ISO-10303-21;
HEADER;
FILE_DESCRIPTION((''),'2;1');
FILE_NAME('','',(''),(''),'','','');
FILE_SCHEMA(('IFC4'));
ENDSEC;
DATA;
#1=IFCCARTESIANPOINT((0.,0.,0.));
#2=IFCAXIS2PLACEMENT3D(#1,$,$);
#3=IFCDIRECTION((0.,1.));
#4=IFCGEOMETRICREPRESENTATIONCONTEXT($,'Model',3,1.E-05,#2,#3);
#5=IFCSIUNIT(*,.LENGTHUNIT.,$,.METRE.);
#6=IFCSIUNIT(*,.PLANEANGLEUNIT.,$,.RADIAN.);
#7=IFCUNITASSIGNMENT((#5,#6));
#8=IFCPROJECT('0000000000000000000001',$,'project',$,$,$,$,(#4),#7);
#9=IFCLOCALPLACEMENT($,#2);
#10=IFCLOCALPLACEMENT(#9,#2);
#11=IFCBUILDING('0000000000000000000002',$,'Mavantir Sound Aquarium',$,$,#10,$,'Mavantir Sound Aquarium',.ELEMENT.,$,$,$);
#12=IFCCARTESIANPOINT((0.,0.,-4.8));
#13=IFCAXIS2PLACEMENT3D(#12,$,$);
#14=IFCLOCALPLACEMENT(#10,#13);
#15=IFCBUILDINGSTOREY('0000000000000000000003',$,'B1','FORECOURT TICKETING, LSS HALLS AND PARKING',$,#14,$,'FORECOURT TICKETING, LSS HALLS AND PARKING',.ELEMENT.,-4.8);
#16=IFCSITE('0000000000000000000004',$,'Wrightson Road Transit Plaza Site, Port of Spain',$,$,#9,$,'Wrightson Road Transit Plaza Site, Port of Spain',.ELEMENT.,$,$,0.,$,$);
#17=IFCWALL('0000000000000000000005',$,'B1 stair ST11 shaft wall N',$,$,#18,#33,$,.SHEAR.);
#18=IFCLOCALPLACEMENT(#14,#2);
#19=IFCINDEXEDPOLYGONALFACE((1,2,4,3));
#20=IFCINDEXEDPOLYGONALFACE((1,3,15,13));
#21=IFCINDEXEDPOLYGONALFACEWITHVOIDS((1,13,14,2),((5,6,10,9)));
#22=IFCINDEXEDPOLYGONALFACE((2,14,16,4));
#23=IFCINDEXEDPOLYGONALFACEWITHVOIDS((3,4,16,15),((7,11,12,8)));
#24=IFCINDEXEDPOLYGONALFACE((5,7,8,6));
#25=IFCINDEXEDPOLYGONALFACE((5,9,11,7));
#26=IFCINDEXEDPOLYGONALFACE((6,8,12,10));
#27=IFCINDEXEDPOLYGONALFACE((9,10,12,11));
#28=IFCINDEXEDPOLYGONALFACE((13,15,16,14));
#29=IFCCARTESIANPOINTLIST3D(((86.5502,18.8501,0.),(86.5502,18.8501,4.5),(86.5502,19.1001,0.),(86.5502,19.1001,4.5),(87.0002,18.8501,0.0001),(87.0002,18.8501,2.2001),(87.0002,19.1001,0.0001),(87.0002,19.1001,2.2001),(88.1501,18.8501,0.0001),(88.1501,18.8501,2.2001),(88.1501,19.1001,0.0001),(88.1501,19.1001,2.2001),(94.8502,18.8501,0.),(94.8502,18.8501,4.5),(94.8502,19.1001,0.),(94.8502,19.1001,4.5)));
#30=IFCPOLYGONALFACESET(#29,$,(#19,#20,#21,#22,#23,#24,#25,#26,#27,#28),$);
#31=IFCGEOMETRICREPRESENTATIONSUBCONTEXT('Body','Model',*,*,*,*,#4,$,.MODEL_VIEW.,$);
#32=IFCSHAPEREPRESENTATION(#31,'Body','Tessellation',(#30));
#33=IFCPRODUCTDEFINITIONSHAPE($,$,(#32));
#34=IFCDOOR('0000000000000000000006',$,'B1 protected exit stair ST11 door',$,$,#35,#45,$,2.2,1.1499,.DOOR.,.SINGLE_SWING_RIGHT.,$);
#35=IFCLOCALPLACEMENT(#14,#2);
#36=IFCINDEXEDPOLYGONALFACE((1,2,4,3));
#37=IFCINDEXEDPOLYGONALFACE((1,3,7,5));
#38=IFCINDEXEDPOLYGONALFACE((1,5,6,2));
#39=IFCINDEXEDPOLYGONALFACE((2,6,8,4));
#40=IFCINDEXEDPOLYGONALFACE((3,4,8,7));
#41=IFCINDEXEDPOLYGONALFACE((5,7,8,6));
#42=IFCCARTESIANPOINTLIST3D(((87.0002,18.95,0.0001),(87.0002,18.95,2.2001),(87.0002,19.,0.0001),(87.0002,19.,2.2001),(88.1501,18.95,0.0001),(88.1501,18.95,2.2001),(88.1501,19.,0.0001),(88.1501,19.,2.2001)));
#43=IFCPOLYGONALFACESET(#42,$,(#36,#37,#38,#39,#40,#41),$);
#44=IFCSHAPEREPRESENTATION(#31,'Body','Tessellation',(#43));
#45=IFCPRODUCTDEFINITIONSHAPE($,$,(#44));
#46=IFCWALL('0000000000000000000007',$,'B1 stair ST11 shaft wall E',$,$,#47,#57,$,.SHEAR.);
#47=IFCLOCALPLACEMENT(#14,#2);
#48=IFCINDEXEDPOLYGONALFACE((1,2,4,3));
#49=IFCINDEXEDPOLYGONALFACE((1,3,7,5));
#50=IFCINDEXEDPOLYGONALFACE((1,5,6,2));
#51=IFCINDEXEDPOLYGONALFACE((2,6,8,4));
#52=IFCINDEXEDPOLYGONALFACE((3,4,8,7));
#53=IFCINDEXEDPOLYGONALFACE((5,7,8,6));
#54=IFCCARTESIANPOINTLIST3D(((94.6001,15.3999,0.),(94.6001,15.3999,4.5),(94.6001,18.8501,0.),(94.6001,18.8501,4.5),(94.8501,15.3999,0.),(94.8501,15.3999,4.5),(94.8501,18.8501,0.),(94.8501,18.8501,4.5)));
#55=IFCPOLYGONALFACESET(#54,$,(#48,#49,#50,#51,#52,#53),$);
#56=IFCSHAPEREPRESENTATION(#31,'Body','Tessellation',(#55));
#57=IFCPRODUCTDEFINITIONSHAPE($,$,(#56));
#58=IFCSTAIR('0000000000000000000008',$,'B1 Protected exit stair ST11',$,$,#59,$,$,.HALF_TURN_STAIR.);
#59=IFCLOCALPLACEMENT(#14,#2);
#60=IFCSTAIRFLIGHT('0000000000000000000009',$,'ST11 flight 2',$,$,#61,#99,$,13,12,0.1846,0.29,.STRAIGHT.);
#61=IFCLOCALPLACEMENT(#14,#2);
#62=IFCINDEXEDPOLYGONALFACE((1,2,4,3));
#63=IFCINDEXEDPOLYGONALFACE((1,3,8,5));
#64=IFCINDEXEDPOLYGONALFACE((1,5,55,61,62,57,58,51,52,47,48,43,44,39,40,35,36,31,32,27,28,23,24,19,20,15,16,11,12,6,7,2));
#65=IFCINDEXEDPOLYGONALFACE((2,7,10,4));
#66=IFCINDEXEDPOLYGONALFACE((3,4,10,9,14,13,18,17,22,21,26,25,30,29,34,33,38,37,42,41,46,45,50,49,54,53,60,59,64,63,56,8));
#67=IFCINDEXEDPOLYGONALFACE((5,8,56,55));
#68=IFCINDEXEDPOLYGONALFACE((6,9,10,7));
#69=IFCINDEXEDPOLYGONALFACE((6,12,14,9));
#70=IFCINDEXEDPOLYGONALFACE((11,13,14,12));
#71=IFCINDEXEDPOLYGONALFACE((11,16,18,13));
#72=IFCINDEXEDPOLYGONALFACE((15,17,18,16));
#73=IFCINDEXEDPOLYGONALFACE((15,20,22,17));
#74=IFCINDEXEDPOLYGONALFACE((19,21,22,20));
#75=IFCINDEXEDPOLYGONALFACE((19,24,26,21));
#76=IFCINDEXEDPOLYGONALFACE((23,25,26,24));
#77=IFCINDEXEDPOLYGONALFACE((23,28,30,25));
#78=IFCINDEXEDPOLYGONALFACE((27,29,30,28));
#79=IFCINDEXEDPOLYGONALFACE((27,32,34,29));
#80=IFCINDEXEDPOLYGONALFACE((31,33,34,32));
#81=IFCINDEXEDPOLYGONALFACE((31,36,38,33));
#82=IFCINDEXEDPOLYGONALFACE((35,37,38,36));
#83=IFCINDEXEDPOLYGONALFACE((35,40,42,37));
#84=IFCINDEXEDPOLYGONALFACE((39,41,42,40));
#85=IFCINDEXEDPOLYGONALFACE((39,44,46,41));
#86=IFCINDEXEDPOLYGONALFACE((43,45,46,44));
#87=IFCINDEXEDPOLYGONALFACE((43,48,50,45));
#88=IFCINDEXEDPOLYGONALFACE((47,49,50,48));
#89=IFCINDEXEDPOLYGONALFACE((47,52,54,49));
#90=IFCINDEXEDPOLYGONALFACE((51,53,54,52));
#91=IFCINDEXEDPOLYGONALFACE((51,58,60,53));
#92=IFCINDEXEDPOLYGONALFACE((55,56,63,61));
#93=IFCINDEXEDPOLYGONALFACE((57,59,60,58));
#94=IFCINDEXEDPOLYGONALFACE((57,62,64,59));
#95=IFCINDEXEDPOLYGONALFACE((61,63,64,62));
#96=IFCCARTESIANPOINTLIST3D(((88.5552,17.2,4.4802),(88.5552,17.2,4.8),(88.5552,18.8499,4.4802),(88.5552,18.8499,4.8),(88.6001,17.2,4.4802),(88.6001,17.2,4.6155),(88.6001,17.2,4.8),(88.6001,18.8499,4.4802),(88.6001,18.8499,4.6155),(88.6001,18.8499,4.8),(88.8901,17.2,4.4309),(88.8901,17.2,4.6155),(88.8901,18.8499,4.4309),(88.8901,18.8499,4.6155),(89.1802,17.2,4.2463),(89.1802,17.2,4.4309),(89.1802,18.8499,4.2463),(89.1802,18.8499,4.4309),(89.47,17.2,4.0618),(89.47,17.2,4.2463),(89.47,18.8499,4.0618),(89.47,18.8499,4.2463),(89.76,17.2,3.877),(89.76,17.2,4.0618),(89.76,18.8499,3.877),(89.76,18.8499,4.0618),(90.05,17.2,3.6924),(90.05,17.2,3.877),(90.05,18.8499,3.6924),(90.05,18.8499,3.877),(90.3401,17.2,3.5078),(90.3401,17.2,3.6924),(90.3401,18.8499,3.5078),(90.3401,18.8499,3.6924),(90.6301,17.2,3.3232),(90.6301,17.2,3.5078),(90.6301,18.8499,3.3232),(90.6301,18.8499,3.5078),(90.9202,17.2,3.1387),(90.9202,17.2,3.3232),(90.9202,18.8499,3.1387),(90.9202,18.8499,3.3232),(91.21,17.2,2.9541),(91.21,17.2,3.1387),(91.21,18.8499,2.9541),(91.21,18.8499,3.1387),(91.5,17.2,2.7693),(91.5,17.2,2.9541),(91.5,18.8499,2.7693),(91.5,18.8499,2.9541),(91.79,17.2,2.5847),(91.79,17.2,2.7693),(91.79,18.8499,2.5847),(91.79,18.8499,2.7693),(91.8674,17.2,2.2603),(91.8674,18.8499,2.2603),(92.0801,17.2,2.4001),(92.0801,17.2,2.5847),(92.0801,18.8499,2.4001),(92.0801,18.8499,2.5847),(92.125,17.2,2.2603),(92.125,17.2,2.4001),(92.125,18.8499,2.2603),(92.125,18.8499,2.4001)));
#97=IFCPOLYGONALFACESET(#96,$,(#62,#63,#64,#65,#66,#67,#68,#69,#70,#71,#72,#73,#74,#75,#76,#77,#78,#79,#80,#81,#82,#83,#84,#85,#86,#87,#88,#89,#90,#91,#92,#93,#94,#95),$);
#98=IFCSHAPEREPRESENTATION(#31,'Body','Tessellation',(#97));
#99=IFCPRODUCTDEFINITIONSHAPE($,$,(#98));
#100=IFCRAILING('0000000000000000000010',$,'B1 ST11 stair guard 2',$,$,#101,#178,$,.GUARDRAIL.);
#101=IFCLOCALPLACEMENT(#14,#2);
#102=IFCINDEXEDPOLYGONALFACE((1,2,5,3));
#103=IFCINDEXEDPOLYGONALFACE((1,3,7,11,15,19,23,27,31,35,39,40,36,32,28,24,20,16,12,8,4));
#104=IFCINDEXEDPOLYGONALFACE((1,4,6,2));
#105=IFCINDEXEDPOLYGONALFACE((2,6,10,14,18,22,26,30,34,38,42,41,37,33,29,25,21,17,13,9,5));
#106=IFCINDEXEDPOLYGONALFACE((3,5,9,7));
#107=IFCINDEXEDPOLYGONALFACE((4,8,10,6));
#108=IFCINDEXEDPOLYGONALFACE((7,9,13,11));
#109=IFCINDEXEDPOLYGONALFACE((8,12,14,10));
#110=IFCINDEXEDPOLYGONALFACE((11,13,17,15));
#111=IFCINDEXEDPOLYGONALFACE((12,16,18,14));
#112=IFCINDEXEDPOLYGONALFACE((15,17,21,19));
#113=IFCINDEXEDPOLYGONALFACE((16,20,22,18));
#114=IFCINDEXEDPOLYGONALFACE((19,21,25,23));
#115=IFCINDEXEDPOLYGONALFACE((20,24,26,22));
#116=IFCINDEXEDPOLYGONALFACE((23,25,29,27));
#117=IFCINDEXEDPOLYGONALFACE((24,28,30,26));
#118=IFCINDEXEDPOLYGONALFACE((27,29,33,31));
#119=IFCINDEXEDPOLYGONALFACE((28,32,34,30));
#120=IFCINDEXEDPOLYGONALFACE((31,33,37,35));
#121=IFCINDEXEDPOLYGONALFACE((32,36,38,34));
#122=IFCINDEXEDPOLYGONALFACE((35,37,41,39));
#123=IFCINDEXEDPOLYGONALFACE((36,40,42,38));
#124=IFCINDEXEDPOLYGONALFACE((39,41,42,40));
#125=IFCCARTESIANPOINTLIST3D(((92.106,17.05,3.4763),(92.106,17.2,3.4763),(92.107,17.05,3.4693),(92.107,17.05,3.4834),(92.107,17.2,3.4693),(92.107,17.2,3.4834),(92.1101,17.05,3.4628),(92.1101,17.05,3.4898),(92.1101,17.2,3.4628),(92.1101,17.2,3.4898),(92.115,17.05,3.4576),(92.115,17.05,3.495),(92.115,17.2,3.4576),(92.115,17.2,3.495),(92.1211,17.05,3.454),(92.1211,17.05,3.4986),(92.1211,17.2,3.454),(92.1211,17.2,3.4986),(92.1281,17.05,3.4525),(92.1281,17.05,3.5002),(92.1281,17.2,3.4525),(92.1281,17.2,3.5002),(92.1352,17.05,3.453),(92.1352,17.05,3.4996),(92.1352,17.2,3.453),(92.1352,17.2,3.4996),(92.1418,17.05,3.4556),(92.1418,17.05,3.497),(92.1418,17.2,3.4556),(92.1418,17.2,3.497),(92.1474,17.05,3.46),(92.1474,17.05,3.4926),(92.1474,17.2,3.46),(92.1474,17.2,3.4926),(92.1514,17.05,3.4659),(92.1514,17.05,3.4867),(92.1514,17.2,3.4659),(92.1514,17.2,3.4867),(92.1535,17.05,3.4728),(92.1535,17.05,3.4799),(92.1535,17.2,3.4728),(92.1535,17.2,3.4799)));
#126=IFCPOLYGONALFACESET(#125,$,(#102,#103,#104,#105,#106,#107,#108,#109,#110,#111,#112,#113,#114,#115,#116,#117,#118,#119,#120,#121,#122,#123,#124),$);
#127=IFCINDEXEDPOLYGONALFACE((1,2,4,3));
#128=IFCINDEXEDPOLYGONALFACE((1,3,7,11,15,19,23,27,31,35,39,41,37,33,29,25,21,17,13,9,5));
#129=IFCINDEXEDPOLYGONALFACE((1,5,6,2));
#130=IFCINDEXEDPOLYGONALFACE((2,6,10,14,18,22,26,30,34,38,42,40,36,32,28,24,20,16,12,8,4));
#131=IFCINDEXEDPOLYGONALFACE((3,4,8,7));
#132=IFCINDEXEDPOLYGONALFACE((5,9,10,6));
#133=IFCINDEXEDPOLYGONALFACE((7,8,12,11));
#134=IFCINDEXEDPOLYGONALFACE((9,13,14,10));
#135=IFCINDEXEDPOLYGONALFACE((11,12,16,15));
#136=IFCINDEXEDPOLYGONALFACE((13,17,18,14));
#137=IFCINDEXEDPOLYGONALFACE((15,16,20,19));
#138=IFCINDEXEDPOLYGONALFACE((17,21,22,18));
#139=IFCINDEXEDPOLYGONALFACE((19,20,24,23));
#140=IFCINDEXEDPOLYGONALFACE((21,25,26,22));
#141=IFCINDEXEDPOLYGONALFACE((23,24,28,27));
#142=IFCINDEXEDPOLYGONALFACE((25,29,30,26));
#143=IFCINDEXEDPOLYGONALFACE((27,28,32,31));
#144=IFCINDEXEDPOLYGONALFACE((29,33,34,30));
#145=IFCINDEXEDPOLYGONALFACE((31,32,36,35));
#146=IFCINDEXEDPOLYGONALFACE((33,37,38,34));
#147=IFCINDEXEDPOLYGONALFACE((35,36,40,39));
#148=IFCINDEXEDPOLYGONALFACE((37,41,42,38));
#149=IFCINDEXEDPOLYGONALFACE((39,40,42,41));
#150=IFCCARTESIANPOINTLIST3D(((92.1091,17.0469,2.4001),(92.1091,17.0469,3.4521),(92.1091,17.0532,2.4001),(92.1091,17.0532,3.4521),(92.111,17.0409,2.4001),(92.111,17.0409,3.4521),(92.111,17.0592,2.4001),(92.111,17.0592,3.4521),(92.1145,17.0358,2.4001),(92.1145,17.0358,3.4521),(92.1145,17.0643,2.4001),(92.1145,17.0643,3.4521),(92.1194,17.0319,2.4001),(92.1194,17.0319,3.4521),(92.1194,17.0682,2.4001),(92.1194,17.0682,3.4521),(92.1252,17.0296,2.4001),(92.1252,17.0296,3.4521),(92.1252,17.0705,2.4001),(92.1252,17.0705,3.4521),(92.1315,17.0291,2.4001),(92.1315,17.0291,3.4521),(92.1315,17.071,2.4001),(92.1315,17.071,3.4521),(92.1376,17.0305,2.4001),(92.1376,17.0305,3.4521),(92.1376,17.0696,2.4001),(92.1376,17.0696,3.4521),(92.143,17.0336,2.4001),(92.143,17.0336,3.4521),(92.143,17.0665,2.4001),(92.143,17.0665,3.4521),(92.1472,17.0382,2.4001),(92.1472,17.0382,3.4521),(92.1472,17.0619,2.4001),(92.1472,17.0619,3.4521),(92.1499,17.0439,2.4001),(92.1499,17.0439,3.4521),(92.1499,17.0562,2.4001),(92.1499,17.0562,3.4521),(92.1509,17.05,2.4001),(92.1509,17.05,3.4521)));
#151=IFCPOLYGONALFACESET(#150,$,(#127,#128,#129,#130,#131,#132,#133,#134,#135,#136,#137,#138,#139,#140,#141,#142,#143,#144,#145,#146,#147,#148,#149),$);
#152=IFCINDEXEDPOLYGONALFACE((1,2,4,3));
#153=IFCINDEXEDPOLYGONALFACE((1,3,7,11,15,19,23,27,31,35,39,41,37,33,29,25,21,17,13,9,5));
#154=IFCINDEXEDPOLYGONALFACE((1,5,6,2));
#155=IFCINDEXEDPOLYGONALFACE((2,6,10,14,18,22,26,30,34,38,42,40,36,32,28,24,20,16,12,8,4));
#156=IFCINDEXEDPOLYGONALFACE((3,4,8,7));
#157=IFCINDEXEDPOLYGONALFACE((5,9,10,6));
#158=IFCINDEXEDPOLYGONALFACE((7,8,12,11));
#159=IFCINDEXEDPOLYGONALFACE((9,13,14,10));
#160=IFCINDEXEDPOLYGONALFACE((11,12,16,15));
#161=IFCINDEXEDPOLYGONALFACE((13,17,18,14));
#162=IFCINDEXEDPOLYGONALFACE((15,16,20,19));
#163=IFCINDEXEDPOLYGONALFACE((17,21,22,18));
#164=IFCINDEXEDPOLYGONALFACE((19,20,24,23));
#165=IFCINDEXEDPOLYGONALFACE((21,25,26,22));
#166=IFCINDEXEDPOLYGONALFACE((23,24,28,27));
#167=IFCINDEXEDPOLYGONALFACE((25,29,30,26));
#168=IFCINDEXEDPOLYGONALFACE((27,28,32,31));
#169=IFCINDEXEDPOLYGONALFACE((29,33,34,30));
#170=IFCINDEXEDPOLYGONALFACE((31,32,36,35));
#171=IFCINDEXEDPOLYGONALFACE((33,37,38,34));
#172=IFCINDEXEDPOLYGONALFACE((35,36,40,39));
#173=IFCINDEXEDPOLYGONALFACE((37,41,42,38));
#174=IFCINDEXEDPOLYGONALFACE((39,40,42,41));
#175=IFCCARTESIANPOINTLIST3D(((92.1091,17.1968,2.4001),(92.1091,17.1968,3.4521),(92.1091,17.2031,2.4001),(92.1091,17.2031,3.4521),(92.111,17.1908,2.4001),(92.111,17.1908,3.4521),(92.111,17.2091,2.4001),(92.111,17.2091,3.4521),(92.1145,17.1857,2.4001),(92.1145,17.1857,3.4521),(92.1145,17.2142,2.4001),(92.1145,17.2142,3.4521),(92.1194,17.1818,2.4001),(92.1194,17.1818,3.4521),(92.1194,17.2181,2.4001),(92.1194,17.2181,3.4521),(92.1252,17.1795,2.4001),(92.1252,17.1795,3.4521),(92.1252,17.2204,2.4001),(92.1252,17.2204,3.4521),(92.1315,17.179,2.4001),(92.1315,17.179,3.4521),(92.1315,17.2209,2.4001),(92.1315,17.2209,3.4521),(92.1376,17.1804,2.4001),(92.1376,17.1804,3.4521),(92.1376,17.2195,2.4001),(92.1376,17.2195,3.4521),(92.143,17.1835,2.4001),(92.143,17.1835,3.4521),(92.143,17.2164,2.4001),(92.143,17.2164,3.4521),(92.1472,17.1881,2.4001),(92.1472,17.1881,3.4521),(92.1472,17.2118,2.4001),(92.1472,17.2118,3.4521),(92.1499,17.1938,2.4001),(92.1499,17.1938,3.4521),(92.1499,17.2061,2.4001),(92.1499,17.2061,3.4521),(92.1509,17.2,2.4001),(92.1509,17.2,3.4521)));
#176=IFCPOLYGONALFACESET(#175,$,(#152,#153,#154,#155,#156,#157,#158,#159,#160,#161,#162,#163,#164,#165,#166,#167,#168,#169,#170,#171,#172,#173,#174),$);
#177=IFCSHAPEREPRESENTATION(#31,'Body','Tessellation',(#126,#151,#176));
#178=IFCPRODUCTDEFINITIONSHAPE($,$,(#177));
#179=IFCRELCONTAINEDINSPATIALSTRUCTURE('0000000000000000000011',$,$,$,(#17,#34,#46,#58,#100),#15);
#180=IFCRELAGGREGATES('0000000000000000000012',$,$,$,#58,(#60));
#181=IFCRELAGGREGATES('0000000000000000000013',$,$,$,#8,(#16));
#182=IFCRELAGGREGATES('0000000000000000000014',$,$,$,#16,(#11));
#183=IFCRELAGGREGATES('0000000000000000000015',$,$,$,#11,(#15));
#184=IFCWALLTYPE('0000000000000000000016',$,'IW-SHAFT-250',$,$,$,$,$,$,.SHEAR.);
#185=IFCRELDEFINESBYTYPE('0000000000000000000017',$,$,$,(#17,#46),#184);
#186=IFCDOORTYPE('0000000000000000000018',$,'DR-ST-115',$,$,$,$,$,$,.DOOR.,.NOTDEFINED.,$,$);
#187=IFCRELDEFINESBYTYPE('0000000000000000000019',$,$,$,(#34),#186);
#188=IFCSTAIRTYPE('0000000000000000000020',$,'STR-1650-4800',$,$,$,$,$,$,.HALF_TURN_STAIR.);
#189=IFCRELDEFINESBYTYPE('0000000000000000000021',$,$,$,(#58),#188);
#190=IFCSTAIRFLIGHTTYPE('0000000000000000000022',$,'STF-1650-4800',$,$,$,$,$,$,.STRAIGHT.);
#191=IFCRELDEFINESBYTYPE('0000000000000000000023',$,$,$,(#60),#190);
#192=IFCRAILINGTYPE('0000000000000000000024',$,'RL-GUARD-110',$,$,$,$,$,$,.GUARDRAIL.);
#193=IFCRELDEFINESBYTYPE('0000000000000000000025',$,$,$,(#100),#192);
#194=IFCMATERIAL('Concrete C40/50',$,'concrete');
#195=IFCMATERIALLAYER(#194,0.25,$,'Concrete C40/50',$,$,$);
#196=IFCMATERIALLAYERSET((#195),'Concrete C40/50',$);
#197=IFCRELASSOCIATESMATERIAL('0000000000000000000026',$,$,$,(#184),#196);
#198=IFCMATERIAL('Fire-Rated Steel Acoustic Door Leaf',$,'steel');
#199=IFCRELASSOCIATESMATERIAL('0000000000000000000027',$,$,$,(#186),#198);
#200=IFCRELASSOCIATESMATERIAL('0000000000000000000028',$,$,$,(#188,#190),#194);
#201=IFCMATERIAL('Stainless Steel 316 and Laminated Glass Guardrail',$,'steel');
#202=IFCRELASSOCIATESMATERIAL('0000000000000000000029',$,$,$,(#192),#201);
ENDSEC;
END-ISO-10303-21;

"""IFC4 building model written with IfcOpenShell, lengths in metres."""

from ifc_helpers import new_model, si_unit, direction, frame, frame_2d, origin, origin_2d, place, context, subcontext, project, spatial, polyline, rectangle, circle, outline, extrude, material, layer, layer_set, type_object, element, fill, aggregate, save


model = new_model("IFC4")

# Units and contexts
model_context = context("Model", 3, precision=1e-05, world=origin(), true_north=direction((0.0, 1.0)))
body_context = subcontext(model_context, "Body", "Model", "MODEL_VIEW")
ifc_project = project(units=[si_unit("LENGTHUNIT", "METRE"), si_unit("PLANEANGLEUNIT", "RADIAN")], contexts=[model_context])

# Site, building, storey
site_placement = place(None, origin())
site = spatial("IfcSite", under=ifc_project, at=site_placement, Name="Wrightson Road Transit Plaza Site, Port of Spain", LongName="Wrightson Road Transit Plaza Site, Port of Spain", CompositionType="ELEMENT", RefElevation=0.0)
building_placement = place(site_placement, origin())
building = spatial("IfcBuilding", under=site, at=building_placement, Name="Mavantir Sound Aquarium", LongName="Mavantir Sound Aquarium", CompositionType="ELEMENT")
storey_placement = place(building_placement, frame((0.0, 0.0, -4.8)))
storey = spatial("IfcBuildingStorey", under=building, at=storey_placement, Name="B1", Description="FORECOURT TICKETING, LSS HALLS AND PARKING", LongName="FORECOURT TICKETING, LSS HALLS AND PARKING", CompositionType="ELEMENT", Elevation=-4.8)

# Shared definitions
ifc_material_1 = material(Name="Concrete C40/50", Category="concrete")

# Wall, opening, door
ifc_layer = layer(ifc_material_1, 0.25, Name="Concrete C40/50")
ifc_layer_set = layer_set([ifc_layer], Name="Concrete C40/50")
wall_type = type_object("IfcWallType", Name="IW-SHAFT-250", PredefinedType="SHEAR", material=ifc_layer_set)
wall_1_placement = place(storey_placement, frame((94.8501, 18.9751, 0.0), z_axis=(0.0, 0.0, 1.0), x_axis=(-1.0, 0.0, 0.0)))
wall_1 = element("IfcWall", 1, at=wall_1_placement, inside=storey, type_object=wall_type, Name="B1 stair ST11 shaft wall N", PredefinedType="SHEAR", context=body_context, shape_type="SweptSolid", body=[
    extrude(rectangle(XDim=8.3, YDim=0.25, at=frame_2d((4.1499, 0.0))), origin(), (0.0, 0.0, 1.0), 4.5),
])
opening_placement = place(wall_1_placement, frame((7.8499, 0.0, 0.0), z_axis=(0.0, 0.0, 1.0), x_axis=(-1.0, 0.0, 0.0)))
opening = element("IfcOpeningElement", 2, at=opening_placement, cuts=wall_1, PredefinedType="OPENING", context=body_context, shape_type="SweptSolid", body=[
    extrude(rectangle(XDim=1.1499, YDim=2.2, at=frame_2d((0.575, 1.1001))), frame((0.0, 0.135, 0.0), z_axis=(0.0, -1.0, 0.0), x_axis=(1.0, 0.0, 0.0)), (0.0, 0.0, 1.0), 0.27),
])
ifc_material_2 = material(Name="Fire-Rated Steel Acoustic Door Leaf", Category="steel")
door_type = type_object("IfcDoorType", Name="DR-ST-115", OperationType="NOTDEFINED", PredefinedType="DOOR", material=ifc_material_2)
door_placement = place(opening_placement, origin())
door = element("IfcDoor", 3, at=door_placement, inside=storey, type_object=door_type, Name="B1 protected exit stair ST11 door", OperationType="SINGLE_SWING_RIGHT", OverallHeight=2.2, OverallWidth=1.1499, PredefinedType="DOOR", context=body_context, shape_type="SweptSolid", body=[
    extrude(rectangle(XDim=1.1499, YDim=2.2, at=frame_2d((0.575, 1.1001))), frame((0.0, 0.0249, 0.0), z_axis=(0.0, -1.0, 0.0), x_axis=(1.0, 0.0, 0.0)), (0.0, 0.0, 1.0), 0.05),
])
fill(opening, door)

# Wall
wall_2_placement = place(storey_placement, frame((94.7251, 15.3999, 0.0), z_axis=(0.0, 0.0, 1.0), x_axis=(0.0, 1.0, 0.0)))
element("IfcWall", 4, at=wall_2_placement, inside=storey, type_object=wall_type, Name="B1 stair ST11 shaft wall E", PredefinedType="SHEAR", context=body_context, shape_type="SweptSolid", body=[
    extrude(rectangle(XDim=3.4502, YDim=0.25, at=frame_2d((1.7251, 0.0))), origin(), (0.0, 0.0, 1.0), 4.5),
])

# Stair, stair flight
stair_type = type_object("IfcStairType", Name="STR-1650-4800", PredefinedType="HALF_TURN_STAIR", material=ifc_material_1)
stair_placement = place(storey_placement, origin())
stair = element("IfcStair", 5, at=stair_placement, inside=storey, type_object=stair_type, Name="B1 Protected exit stair ST11", PredefinedType="HALF_TURN_STAIR")
stair_flight_type = type_object("IfcStairFlightType", Name="STF-1650-4800", PredefinedType="STRAIGHT", material=ifc_material_1)
stair_flight_placement = place(storey_placement, frame((92.0801, 18.0249, 2.4001), z_axis=(0.0, 0.0, 1.0), x_axis=(-1.0, 0.0, 0.0)))
stair_flight = element("IfcStairFlight", 6, at=stair_flight_placement, type_object=stair_flight_type, Name="ST11 flight 2", NumberOfRisers=13, NumberOfTreads=12, PredefinedType="STRAIGHT", RiserHeight=0.1846, TreadLength=0.29, context=body_context, shape_type="SweptSolid", body=[
    extrude(outline(polyline([(-0.0449, -0.1399), (-0.0449, 0.0), (0.0, 0.0), (0.0, 0.1846), (0.29, 0.1846), (0.29, 0.3691), (0.5801, 0.3691), (0.5801, 0.554), (0.8701, 0.554), (0.8701, 0.7385), (1.1599, 0.7385), (1.1599, 0.9231), (1.45, 0.9231), (1.45, 1.1077), (1.74, 1.1077), (1.74, 1.2922), (2.03, 1.2922), (2.03, 1.4768), (2.3201, 1.4768), (2.3201, 1.6616), (2.6101, 1.6616), (2.6101, 1.8462), (2.8999, 1.8462), (2.8999, 2.0308), (3.1899, 2.0308), (3.1899, 2.2153), (3.48, 2.2153), (3.48, 2.3999), (3.5249, 2.3999), (3.5249, 2.0801), (3.48, 2.0801), (0.2126, -0.1399), (-0.0449, -0.1399)])), frame((0.0, 0.825, 0.0), z_axis=(0.0, -1.0, 0.0), x_axis=(1.0, 0.0, 0.0)), (0.0, 0.0, 1.0), 1.6499),
])
aggregate(stair, [stair_flight])

# Railing
ifc_material_3 = material(Name="Stainless Steel 316 and Laminated Glass Guardrail", Category="steel")
railing_type_1 = type_object("IfcRailingType", Name="RL-GUARD-110", PredefinedType="GUARDRAIL", material=ifc_material_3)
railing_1_placement = place(storey_placement, frame((92.1299, 17.05, 2.4001)))
element("IfcRailing", 7, at=railing_1_placement, inside=storey, type_object=railing_type_1, Name="B1 ST11 stair guard 2", PredefinedType="GUARDRAIL", context=body_context, shape_type="SweptSolid", body=[
    extrude(circle(Radius=0.0239, at=origin_2d()), frame((0.0, 0.0, 1.0762), z_axis=(0.0, 1.0, 0.0), x_axis=(-1.0, 0.0, 0.0)), (0.0, 0.0, 1.0), 0.1499),
    extrude(circle(Radius=0.021, at=origin_2d()), origin(), (0.0, 0.0, 1.0), 1.052),
    extrude(circle(Radius=0.021, at=origin_2d()), frame((0.0, 0.1499, 0.0)), (0.0, 0.0, 1.0), 1.052),
])

save(model, "model.ifc")
